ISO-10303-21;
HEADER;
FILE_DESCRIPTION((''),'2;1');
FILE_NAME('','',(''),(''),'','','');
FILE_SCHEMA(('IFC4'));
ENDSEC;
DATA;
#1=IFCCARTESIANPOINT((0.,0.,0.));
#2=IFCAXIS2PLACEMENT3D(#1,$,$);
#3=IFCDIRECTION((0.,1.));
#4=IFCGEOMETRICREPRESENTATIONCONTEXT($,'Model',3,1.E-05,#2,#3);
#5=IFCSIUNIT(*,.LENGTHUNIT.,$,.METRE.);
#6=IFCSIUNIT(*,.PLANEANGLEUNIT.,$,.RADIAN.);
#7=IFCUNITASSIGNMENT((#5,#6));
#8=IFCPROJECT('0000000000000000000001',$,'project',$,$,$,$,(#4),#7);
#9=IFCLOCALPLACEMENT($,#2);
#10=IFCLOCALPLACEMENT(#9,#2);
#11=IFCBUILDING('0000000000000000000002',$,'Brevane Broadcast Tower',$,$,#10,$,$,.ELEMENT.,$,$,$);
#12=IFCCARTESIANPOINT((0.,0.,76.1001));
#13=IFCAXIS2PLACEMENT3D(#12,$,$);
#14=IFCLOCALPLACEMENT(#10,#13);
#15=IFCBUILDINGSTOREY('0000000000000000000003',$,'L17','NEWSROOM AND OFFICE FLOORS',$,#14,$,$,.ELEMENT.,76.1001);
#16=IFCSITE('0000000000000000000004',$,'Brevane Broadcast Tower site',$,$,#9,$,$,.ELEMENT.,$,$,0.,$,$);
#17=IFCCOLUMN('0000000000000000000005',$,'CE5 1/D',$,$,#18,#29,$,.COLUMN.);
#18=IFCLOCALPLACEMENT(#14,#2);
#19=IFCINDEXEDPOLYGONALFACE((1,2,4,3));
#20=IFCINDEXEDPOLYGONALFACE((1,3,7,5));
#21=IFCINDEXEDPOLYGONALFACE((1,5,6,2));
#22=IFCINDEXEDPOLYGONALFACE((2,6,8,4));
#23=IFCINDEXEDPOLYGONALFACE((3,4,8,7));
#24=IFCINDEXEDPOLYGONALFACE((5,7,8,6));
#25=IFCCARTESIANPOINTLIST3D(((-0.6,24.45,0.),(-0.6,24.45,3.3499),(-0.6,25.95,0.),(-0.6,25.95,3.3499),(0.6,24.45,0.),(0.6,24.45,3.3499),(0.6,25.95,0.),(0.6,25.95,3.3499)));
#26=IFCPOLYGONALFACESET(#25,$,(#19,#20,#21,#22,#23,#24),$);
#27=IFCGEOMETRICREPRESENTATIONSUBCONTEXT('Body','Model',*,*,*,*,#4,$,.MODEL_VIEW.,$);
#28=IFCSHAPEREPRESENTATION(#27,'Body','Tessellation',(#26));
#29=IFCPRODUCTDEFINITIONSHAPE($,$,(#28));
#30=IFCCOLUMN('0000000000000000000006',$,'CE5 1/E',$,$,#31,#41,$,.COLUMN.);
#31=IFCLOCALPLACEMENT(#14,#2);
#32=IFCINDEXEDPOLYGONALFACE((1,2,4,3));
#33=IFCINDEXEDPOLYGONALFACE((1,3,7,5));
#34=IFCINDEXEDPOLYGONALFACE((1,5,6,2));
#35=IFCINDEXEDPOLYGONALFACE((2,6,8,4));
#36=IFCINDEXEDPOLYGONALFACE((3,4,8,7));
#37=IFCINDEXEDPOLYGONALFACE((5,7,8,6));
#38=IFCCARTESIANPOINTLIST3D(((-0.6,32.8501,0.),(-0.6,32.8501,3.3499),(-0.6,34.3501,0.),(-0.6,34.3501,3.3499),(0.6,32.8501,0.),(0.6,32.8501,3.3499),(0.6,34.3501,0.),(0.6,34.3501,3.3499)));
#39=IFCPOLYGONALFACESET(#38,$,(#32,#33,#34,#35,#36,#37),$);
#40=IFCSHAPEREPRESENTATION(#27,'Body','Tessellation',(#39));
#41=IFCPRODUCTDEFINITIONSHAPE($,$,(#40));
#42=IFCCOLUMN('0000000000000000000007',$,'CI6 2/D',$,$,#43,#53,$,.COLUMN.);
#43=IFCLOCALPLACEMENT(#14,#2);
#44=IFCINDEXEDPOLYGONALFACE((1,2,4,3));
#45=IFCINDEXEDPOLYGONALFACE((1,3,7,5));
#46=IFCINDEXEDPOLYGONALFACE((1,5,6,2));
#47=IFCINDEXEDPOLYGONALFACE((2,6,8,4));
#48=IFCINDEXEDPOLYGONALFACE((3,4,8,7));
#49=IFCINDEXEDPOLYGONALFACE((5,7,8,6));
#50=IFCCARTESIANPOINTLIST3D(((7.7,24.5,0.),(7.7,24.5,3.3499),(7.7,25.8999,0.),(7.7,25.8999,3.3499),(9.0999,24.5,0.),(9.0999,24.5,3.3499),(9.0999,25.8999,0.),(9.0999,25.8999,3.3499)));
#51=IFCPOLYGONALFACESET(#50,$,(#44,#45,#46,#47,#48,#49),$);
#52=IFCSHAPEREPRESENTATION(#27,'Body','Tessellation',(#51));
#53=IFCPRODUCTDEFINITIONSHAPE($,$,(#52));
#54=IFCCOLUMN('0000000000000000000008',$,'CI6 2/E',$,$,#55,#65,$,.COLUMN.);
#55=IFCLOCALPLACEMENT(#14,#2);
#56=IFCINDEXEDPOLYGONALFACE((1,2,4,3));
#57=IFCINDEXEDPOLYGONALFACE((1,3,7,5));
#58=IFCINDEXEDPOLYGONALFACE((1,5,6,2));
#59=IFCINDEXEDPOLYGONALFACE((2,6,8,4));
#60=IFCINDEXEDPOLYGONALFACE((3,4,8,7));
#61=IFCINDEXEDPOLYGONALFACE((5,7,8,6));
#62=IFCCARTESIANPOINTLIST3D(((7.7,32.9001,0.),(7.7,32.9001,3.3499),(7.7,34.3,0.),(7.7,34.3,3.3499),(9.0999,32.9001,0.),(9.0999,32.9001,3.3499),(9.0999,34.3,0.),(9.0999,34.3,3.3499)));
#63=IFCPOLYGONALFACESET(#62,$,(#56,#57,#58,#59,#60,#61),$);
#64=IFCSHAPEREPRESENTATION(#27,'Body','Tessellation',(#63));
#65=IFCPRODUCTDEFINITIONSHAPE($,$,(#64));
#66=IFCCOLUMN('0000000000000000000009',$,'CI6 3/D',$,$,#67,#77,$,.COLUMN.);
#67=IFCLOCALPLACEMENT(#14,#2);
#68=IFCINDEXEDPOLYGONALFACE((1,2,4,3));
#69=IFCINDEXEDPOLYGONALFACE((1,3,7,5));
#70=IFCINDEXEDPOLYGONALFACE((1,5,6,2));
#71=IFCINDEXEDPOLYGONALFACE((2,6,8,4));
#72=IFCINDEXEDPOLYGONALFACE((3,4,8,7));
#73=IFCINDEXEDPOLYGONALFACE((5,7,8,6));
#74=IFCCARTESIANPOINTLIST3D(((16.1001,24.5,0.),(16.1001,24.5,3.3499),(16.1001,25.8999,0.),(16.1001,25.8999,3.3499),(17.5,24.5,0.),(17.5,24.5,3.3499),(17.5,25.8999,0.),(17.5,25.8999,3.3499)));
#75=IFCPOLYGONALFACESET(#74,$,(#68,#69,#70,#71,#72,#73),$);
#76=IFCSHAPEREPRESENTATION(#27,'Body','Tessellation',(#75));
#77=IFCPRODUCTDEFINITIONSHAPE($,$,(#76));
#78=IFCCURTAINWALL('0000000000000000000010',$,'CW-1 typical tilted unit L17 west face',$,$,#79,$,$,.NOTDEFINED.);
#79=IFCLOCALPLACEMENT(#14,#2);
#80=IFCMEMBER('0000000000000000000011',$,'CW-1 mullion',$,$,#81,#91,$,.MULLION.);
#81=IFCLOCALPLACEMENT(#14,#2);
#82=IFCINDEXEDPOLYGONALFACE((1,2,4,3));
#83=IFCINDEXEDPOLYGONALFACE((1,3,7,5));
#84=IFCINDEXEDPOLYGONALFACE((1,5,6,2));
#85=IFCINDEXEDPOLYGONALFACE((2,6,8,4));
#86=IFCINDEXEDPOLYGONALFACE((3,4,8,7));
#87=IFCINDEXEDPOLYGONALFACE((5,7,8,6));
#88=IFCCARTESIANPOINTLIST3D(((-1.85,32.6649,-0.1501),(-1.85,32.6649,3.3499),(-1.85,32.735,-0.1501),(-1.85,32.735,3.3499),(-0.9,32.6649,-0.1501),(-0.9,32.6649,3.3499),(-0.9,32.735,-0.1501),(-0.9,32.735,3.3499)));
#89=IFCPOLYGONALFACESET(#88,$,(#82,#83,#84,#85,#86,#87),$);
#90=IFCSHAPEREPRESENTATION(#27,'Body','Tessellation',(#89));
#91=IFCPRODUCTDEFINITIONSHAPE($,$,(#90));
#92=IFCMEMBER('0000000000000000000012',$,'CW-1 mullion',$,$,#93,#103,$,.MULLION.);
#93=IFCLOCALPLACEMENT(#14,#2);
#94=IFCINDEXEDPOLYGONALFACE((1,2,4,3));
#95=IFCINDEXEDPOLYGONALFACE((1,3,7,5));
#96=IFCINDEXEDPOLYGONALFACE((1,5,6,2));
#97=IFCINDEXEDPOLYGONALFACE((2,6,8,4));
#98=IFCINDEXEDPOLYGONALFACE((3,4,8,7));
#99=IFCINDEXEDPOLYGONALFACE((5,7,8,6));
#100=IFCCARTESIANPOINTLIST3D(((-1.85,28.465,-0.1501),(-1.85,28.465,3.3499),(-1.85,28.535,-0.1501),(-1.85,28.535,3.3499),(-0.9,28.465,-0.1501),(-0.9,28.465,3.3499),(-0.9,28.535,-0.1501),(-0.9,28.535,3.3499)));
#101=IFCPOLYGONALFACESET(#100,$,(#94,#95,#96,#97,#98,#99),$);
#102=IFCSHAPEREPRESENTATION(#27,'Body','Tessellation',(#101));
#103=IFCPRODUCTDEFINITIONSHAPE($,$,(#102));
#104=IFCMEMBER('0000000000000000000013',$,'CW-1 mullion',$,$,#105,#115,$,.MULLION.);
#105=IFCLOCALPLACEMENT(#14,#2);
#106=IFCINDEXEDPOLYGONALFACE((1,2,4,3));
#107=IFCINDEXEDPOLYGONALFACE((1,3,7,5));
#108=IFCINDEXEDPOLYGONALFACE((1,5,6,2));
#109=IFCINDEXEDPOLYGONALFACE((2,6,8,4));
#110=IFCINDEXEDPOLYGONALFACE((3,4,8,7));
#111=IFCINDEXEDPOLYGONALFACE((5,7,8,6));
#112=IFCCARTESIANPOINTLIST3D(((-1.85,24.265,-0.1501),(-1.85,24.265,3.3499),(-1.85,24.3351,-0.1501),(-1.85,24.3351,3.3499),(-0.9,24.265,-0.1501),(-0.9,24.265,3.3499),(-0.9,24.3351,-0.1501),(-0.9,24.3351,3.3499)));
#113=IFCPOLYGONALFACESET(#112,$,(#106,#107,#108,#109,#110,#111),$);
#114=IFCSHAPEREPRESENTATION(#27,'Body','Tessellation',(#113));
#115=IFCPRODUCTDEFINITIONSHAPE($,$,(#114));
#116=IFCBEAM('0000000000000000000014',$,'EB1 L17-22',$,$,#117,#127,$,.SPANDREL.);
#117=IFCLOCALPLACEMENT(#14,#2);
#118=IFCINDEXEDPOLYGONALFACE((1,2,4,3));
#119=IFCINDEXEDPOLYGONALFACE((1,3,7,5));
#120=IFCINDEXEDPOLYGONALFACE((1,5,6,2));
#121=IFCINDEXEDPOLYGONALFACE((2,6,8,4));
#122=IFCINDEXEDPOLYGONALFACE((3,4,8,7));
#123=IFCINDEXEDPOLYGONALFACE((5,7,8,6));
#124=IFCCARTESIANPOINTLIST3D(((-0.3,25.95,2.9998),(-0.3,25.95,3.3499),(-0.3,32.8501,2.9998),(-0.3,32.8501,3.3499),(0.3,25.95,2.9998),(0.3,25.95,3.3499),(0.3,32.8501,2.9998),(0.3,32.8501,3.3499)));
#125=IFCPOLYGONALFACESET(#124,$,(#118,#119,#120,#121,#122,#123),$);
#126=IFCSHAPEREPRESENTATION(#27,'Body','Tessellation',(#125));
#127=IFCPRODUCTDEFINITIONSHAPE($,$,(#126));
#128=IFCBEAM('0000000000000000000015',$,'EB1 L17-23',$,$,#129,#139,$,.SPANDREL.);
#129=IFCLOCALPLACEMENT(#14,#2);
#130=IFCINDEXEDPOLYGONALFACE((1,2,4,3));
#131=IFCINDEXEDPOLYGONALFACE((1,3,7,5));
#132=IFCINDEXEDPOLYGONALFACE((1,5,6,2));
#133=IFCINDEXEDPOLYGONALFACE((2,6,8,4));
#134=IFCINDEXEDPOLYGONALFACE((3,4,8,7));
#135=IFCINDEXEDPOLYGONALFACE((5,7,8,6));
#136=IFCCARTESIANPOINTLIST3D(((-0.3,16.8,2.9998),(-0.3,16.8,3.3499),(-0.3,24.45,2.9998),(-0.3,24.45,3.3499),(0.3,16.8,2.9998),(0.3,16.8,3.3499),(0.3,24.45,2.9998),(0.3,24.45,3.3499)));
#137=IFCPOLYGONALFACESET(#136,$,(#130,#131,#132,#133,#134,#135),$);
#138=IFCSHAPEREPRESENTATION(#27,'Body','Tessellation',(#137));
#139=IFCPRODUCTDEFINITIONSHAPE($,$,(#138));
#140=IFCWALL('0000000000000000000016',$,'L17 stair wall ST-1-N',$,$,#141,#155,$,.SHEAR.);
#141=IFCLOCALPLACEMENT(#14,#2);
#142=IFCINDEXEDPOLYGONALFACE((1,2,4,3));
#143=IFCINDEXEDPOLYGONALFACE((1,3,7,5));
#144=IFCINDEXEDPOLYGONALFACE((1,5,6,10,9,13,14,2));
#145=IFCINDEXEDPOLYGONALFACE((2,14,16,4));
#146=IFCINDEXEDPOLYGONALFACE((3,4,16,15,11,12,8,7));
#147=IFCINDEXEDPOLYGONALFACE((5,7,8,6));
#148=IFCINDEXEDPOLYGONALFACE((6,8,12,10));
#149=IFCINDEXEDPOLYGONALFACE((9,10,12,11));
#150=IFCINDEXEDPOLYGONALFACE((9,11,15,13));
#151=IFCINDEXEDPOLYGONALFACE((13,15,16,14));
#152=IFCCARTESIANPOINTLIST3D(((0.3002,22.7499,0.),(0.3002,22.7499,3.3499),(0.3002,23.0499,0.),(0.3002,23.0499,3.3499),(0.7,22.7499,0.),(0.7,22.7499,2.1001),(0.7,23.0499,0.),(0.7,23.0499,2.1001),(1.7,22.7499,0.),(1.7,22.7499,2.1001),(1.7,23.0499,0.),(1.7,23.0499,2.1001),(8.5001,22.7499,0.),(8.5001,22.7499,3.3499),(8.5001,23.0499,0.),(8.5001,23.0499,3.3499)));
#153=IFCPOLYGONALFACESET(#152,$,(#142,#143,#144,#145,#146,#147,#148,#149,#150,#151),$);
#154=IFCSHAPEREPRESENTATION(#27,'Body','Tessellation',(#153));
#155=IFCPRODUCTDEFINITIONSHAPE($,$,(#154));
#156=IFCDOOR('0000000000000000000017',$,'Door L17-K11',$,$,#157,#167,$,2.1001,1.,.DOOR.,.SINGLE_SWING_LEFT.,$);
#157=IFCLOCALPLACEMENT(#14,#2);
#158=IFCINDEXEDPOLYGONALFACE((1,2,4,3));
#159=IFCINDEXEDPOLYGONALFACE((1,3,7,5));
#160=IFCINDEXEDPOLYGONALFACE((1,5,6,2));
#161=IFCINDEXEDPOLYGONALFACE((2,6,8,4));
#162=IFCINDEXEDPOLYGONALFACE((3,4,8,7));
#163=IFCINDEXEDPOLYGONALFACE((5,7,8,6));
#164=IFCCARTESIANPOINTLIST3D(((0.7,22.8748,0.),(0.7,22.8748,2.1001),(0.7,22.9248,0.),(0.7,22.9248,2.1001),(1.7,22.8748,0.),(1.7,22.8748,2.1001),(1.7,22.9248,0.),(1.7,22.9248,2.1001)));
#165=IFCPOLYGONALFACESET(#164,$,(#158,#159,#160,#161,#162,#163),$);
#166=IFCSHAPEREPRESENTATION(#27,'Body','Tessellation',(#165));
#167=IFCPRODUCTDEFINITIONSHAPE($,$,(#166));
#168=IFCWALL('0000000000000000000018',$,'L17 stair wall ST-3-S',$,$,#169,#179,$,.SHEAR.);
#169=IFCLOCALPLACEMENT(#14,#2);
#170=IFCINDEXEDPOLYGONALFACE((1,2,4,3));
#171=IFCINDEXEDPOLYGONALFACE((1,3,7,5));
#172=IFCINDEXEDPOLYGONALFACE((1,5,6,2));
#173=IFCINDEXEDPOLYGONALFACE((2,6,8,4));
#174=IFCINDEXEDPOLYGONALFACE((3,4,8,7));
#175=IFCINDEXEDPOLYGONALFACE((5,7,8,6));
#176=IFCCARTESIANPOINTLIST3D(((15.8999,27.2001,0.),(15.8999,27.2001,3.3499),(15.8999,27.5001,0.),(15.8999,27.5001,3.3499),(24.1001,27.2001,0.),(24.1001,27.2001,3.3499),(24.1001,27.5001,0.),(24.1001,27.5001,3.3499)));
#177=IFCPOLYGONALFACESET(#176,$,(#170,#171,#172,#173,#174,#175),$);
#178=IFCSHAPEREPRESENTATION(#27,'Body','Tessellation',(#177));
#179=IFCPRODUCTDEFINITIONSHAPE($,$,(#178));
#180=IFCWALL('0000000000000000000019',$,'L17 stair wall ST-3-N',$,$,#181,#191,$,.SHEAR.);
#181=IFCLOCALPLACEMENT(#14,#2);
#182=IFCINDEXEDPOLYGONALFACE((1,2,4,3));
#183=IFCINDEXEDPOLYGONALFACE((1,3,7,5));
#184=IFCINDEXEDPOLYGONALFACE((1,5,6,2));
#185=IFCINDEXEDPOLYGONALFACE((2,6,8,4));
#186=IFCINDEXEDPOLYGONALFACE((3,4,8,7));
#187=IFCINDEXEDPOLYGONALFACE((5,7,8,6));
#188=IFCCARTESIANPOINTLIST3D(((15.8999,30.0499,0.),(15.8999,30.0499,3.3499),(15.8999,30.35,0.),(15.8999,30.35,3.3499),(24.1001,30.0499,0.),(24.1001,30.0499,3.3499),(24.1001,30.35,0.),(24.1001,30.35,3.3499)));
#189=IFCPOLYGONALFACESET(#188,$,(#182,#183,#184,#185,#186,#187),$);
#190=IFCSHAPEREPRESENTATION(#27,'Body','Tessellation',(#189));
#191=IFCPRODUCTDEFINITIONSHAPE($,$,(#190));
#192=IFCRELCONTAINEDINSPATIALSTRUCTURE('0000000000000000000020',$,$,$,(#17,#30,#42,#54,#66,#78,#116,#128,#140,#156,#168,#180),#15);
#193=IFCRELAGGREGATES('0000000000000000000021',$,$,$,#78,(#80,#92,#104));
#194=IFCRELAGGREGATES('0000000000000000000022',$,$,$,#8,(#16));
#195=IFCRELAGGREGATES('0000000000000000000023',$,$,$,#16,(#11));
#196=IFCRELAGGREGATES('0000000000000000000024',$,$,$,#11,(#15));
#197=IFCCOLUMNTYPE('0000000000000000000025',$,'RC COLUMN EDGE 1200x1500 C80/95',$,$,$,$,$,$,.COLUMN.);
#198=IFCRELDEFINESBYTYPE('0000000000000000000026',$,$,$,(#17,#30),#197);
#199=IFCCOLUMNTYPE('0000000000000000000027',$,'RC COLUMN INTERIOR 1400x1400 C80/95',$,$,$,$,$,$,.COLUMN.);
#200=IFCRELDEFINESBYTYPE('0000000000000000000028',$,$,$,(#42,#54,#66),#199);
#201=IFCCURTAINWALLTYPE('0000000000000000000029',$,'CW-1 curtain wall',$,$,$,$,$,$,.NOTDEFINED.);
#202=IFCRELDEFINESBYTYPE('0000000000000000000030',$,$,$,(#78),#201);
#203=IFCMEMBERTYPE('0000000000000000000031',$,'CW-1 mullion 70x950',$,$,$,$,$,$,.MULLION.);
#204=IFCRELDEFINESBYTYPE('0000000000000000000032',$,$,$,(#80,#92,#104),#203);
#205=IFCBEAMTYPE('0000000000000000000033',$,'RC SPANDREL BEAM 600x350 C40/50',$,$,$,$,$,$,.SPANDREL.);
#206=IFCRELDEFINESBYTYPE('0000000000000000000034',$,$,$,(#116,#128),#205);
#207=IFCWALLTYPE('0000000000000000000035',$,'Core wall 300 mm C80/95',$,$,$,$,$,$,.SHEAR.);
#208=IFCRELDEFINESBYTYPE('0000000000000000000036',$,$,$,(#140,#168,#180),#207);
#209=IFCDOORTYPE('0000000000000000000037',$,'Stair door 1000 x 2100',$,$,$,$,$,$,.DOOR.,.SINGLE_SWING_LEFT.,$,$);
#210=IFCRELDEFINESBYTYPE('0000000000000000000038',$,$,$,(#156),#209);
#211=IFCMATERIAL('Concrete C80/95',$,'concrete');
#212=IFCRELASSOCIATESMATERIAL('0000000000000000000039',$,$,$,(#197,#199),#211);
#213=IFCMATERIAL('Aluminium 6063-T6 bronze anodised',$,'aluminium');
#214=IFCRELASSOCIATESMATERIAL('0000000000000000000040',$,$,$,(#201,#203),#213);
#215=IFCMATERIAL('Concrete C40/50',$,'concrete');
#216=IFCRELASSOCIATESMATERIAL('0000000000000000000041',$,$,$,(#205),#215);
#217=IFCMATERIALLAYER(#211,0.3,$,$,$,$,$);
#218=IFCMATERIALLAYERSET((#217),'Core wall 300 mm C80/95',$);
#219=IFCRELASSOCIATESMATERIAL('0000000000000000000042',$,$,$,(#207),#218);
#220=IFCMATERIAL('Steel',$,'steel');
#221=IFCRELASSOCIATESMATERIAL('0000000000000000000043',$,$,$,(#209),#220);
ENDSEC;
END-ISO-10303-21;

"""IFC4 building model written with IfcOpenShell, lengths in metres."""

from ifc_helpers import new_model, si_unit, direction, frame, frame_2d, origin, origin_2d, place, context, subcontext, project, spatial, rectangle, extrude, material, layer, layer_set, material_profile, profile_set, type_object, element, fill, aggregate, save


model = new_model("IFC4")

# Units and contexts
model_context = context("Model", 3, precision=1e-05, world=origin(), true_north=direction((0.0, 1.0)))
body_context = subcontext(model_context, "Body", "Model", "MODEL_VIEW")
ifc_project = project(units=[si_unit("LENGTHUNIT", "METRE"), si_unit("PLANEANGLEUNIT", "RADIAN")], contexts=[model_context])

# Site, building, storey
site_placement = place(None, origin())
site = spatial("IfcSite", under=ifc_project, at=site_placement, Name="Brevane Broadcast Tower site", CompositionType="ELEMENT", RefElevation=0.0)
building_placement = place(site_placement, origin())
building = spatial("IfcBuilding", under=site, at=building_placement, Name="Brevane Broadcast Tower", CompositionType="ELEMENT")
storey_placement = place(building_placement, frame((0.0, 0.0, 76.1001)))
storey = spatial("IfcBuildingStorey", under=building, at=storey_placement, Name="L17", Description="NEWSROOM AND OFFICE FLOORS", CompositionType="ELEMENT", Elevation=76.1001)

# Columns
ifc_material_1 = material(Name="Concrete C80/95", Category="concrete")
ifc_material_profile_1 = material_profile(ifc_material_1, rectangle(XDim=1.2, YDim=1.5, at=origin_2d()), Name="RC 1200x1500")
ifc_profile_set_1 = profile_set([ifc_material_profile_1], Name="Concrete C80/95")
column_type_1 = type_object("IfcColumnType", Name="RC COLUMN EDGE 1200x1500 C80/95", PredefinedType="COLUMN", material=ifc_profile_set_1)
for number, where, z_axis, x_axis, name in (
    (1, (0.0, 25.2, 0.0), (0.0, 0.0, 1.0), (1.0, 0.0, 0.0), "CE5 1/D"),
    (2, (0.0, 33.6001, 0.0), (0.0, 0.0, 1.0), (1.0, 0.0, 0.0), "CE5 1/E"),
):
    element("IfcColumn", number, at=place(storey_placement, frame(where, z_axis=z_axis, x_axis=x_axis)), inside=storey, type_object=column_type_1, Name=name, PredefinedType="COLUMN", context=body_context, shape_type="SweptSolid", body=[
        extrude(rectangle(XDim=1.2, YDim=1.5, at=origin_2d()), origin(), (0.0, 0.0, 1.0), 3.3499),
    ])
ifc_material_profile_2 = material_profile(ifc_material_1, rectangle(XDim=1.3999, YDim=1.3999, at=origin_2d()), Name="RC 1400x1400")
ifc_profile_set_2 = profile_set([ifc_material_profile_2], Name="Concrete C80/95")
column_type_2 = type_object("IfcColumnType", Name="RC COLUMN INTERIOR 1400x1400 C80/95", PredefinedType="COLUMN", material=ifc_profile_set_2)
for number, where, z_axis, x_axis, name in (
    (3, (8.3999, 25.2, 0.0), (0.0, 0.0, 1.0), (1.0, 0.0, 0.0), "CI6 2/D"),
    (4, (8.3999, 33.6001, 0.0), (0.0, 0.0, 1.0), (1.0, 0.0, 0.0), "CI6 2/E"),
    (5, (16.8, 25.2, 0.0), (0.0, 0.0, 1.0), (1.0, 0.0, 0.0), "CI6 3/D"),
):
    element("IfcColumn", number, at=place(storey_placement, frame(where, z_axis=z_axis, x_axis=x_axis)), inside=storey, type_object=column_type_2, Name=name, PredefinedType="COLUMN", context=body_context, shape_type="SweptSolid", body=[
        extrude(rectangle(XDim=1.3999, YDim=1.3999, at=origin_2d()), origin(), (0.0, 0.0, 1.0), 3.3499),
    ])

# Curtain wall, members
ifc_material_2 = material(Name="Aluminium 6063-T6 bronze anodised", Category="aluminium")
curtain_wall_type = type_object("IfcCurtainWallType", Name="CW-1 curtain wall", PredefinedType="NOTDEFINED", material=ifc_material_2)
curtain_wall_placement = place(storey_placement, origin())
curtain_wall = element("IfcCurtainWall", 6, at=curtain_wall_placement, inside=storey, type_object=curtain_wall_type, Name="CW-1 typical tilted unit L17 west face", PredefinedType="NOTDEFINED")
ifc_material_profile_3 = material_profile(ifc_material_2, rectangle(XDim=0.95, YDim=0.0701, at=origin_2d()), Name="RECT 70x950")
ifc_profile_set_3 = profile_set([ifc_material_profile_3], Name="Aluminium 6063-T6 bronze anodised")
member_type = type_object("IfcMemberType", Name="CW-1 mullion 70x950", PredefinedType="MULLION", material=ifc_profile_set_3)
member_1_placement = place(storey_placement, frame((-1.375, 32.7, -0.1501), z_axis=(0.0, 0.0, 1.0), x_axis=(1.0, 0.0, 0.0)))
member_1 = element("IfcMember", 7, at=member_1_placement, type_object=member_type, Name="CW-1 mullion", PredefinedType="MULLION", context=body_context, shape_type="SweptSolid", body=[
    extrude(rectangle(XDim=0.95, YDim=0.0701, at=origin_2d()), origin(), (0.0, 0.0, 1.0), 3.5),
])
member_2_placement = place(storey_placement, frame((-1.375, 28.5, -0.1501), z_axis=(0.0, 0.0, 1.0), x_axis=(1.0, 0.0, 0.0)))
member_2 = element("IfcMember", 8, at=member_2_placement, type_object=member_type, Name="CW-1 mullion", PredefinedType="MULLION", context=body_context, shape_type="SweptSolid", body=[
    extrude(rectangle(XDim=0.95, YDim=0.0701, at=origin_2d()), origin(), (0.0, 0.0, 1.0), 3.5),
])
member_3_placement = place(storey_placement, frame((-1.375, 24.3, -0.1501), z_axis=(0.0, 0.0, 1.0), x_axis=(1.0, 0.0, 0.0)))
member_3 = element("IfcMember", 9, at=member_3_placement, type_object=member_type, Name="CW-1 mullion", PredefinedType="MULLION", context=body_context, shape_type="SweptSolid", body=[
    extrude(rectangle(XDim=0.95, YDim=0.0701, at=origin_2d()), origin(), (0.0, 0.0, 1.0), 3.5),
])
aggregate(curtain_wall, [member_1, member_2, member_3])

# Beams
ifc_material_3 = material(Name="Concrete C40/50", Category="concrete")
ifc_material_profile_4 = material_profile(ifc_material_3, rectangle(XDim=0.6001, YDim=0.3501, at=origin_2d()), Name="RC 600x350")
ifc_profile_set_4 = profile_set([ifc_material_profile_4], Name="Concrete C40/50")
beam_type = type_object("IfcBeamType", Name="RC SPANDREL BEAM 600x350 C40/50", PredefinedType="SPANDREL", material=ifc_profile_set_4)
beam_1_placement = place(storey_placement, frame((0.0, 32.8501, 3.1748), z_axis=(0.0, -1.0, 0.0), x_axis=(1.0, 0.0, 0.0)))
element("IfcBeam", 10, at=beam_1_placement, inside=storey, type_object=beam_type, Name="EB1 L17-22", PredefinedType="SPANDREL", context=body_context, shape_type="SweptSolid", body=[
    extrude(rectangle(XDim=0.6001, YDim=0.3501, at=origin_2d()), origin(), (0.0, 0.0, 1.0), 6.9001),
])
beam_2_placement = place(storey_placement, frame((0.0, 24.45, 3.1748), z_axis=(0.0, -1.0, 0.0), x_axis=(1.0, 0.0, 0.0)))
element("IfcBeam", 11, at=beam_2_placement, inside=storey, type_object=beam_type, Name="EB1 L17-23", PredefinedType="SPANDREL", context=body_context, shape_type="SweptSolid", body=[
    extrude(rectangle(XDim=0.6001, YDim=0.3501, at=origin_2d()), origin(), (0.0, 0.0, 1.0), 7.6499),
])

# Wall, opening, door
ifc_layer_1 = layer(ifc_material_1, 0.3)
ifc_layer_set_1 = layer_set([ifc_layer_1], Name="Core wall 300 mm C80/95")
wall_type_1 = type_object("IfcWallType", Name="Core wall 300 mm C80/95", PredefinedType="SHEAR", material=ifc_layer_set_1)
wall_1_placement = place(storey_placement, frame((0.3, 22.8999, 0.0), z_axis=(0.0, 0.0, 1.0), x_axis=(1.0, 0.0, 0.0)))
wall_1 = element("IfcWall", 12, at=wall_1_placement, inside=storey, type_object=wall_type_1, Name="L17 stair wall ST-1-N", PredefinedType="SHEAR", context=body_context, shape_type="SweptSolid", body=[
    extrude(rectangle(XDim=8.2, YDim=0.3, at=frame_2d((4.1001, 0.0))), origin(), (0.0, 0.0, 1.0), 3.3499),
])
opening_1_placement = place(wall_1_placement, frame((0.3999, 0.0, 0.0)))
opening_1 = element("IfcOpeningElement", 13, at=opening_1_placement, cuts=wall_1, PredefinedType="OPENING", context=body_context, shape_type="SweptSolid", body=[
    extrude(rectangle(XDim=1.0, YDim=2.1001, at=frame_2d((0.5, 1.05))), frame((0.0, 0.1599, 0.0), z_axis=(0.0, -1.0, 0.0), x_axis=(1.0, 0.0, 0.0)), (0.0, 0.0, 1.0), 0.3201),
])
ifc_material_4 = material(Name="Steel", Category="steel")
door_type_1 = type_object("IfcDoorType", Name="Stair door 1000 x 2100", OperationType="SINGLE_SWING_LEFT", PredefinedType="DOOR", material=ifc_material_4)
door_1_placement = place(opening_1_placement, origin())
door_1 = element("IfcDoor", 14, at=door_1_placement, inside=storey, type_object=door_type_1, Name="Door L17-K11", OperationType="SINGLE_SWING_LEFT", OverallHeight=2.1001, OverallWidth=1.0, PredefinedType="DOOR", context=body_context, shape_type="SweptSolid", body=[
    extrude(rectangle(XDim=1.0, YDim=2.1001, at=frame_2d((0.5, 1.05))), frame((0.0, 0.0249, 0.0), z_axis=(0.0, -1.0, 0.0), x_axis=(1.0, 0.0, 0.0)), (0.0, 0.0, 1.0), 0.05),
])
fill(opening_1, door_1)

# Walls
for number, where, z_axis, x_axis, name in (
    (15, (15.8999, 27.3501, 0.0), (0.0, 0.0, 1.0), (1.0, 0.0, 0.0), "L17 stair wall ST-3-S"),
    (16, (15.8999, 30.2, 0.0), (0.0, 0.0, 1.0), (1.0, 0.0, 0.0), "L17 stair wall ST-3-N"),
):
    element("IfcWall", number, at=place(storey_placement, frame(where, z_axis=z_axis, x_axis=x_axis)), inside=storey, type_object=wall_type_1, Name=name, PredefinedType="SHEAR", context=body_context, shape_type="SweptSolid", body=[
        extrude(rectangle(XDim=8.2002, YDim=0.3, at=frame_2d((4.1001, 0.0))), origin(), (0.0, 0.0, 1.0), 3.3499),
    ])

save(model, "model.ifc")
